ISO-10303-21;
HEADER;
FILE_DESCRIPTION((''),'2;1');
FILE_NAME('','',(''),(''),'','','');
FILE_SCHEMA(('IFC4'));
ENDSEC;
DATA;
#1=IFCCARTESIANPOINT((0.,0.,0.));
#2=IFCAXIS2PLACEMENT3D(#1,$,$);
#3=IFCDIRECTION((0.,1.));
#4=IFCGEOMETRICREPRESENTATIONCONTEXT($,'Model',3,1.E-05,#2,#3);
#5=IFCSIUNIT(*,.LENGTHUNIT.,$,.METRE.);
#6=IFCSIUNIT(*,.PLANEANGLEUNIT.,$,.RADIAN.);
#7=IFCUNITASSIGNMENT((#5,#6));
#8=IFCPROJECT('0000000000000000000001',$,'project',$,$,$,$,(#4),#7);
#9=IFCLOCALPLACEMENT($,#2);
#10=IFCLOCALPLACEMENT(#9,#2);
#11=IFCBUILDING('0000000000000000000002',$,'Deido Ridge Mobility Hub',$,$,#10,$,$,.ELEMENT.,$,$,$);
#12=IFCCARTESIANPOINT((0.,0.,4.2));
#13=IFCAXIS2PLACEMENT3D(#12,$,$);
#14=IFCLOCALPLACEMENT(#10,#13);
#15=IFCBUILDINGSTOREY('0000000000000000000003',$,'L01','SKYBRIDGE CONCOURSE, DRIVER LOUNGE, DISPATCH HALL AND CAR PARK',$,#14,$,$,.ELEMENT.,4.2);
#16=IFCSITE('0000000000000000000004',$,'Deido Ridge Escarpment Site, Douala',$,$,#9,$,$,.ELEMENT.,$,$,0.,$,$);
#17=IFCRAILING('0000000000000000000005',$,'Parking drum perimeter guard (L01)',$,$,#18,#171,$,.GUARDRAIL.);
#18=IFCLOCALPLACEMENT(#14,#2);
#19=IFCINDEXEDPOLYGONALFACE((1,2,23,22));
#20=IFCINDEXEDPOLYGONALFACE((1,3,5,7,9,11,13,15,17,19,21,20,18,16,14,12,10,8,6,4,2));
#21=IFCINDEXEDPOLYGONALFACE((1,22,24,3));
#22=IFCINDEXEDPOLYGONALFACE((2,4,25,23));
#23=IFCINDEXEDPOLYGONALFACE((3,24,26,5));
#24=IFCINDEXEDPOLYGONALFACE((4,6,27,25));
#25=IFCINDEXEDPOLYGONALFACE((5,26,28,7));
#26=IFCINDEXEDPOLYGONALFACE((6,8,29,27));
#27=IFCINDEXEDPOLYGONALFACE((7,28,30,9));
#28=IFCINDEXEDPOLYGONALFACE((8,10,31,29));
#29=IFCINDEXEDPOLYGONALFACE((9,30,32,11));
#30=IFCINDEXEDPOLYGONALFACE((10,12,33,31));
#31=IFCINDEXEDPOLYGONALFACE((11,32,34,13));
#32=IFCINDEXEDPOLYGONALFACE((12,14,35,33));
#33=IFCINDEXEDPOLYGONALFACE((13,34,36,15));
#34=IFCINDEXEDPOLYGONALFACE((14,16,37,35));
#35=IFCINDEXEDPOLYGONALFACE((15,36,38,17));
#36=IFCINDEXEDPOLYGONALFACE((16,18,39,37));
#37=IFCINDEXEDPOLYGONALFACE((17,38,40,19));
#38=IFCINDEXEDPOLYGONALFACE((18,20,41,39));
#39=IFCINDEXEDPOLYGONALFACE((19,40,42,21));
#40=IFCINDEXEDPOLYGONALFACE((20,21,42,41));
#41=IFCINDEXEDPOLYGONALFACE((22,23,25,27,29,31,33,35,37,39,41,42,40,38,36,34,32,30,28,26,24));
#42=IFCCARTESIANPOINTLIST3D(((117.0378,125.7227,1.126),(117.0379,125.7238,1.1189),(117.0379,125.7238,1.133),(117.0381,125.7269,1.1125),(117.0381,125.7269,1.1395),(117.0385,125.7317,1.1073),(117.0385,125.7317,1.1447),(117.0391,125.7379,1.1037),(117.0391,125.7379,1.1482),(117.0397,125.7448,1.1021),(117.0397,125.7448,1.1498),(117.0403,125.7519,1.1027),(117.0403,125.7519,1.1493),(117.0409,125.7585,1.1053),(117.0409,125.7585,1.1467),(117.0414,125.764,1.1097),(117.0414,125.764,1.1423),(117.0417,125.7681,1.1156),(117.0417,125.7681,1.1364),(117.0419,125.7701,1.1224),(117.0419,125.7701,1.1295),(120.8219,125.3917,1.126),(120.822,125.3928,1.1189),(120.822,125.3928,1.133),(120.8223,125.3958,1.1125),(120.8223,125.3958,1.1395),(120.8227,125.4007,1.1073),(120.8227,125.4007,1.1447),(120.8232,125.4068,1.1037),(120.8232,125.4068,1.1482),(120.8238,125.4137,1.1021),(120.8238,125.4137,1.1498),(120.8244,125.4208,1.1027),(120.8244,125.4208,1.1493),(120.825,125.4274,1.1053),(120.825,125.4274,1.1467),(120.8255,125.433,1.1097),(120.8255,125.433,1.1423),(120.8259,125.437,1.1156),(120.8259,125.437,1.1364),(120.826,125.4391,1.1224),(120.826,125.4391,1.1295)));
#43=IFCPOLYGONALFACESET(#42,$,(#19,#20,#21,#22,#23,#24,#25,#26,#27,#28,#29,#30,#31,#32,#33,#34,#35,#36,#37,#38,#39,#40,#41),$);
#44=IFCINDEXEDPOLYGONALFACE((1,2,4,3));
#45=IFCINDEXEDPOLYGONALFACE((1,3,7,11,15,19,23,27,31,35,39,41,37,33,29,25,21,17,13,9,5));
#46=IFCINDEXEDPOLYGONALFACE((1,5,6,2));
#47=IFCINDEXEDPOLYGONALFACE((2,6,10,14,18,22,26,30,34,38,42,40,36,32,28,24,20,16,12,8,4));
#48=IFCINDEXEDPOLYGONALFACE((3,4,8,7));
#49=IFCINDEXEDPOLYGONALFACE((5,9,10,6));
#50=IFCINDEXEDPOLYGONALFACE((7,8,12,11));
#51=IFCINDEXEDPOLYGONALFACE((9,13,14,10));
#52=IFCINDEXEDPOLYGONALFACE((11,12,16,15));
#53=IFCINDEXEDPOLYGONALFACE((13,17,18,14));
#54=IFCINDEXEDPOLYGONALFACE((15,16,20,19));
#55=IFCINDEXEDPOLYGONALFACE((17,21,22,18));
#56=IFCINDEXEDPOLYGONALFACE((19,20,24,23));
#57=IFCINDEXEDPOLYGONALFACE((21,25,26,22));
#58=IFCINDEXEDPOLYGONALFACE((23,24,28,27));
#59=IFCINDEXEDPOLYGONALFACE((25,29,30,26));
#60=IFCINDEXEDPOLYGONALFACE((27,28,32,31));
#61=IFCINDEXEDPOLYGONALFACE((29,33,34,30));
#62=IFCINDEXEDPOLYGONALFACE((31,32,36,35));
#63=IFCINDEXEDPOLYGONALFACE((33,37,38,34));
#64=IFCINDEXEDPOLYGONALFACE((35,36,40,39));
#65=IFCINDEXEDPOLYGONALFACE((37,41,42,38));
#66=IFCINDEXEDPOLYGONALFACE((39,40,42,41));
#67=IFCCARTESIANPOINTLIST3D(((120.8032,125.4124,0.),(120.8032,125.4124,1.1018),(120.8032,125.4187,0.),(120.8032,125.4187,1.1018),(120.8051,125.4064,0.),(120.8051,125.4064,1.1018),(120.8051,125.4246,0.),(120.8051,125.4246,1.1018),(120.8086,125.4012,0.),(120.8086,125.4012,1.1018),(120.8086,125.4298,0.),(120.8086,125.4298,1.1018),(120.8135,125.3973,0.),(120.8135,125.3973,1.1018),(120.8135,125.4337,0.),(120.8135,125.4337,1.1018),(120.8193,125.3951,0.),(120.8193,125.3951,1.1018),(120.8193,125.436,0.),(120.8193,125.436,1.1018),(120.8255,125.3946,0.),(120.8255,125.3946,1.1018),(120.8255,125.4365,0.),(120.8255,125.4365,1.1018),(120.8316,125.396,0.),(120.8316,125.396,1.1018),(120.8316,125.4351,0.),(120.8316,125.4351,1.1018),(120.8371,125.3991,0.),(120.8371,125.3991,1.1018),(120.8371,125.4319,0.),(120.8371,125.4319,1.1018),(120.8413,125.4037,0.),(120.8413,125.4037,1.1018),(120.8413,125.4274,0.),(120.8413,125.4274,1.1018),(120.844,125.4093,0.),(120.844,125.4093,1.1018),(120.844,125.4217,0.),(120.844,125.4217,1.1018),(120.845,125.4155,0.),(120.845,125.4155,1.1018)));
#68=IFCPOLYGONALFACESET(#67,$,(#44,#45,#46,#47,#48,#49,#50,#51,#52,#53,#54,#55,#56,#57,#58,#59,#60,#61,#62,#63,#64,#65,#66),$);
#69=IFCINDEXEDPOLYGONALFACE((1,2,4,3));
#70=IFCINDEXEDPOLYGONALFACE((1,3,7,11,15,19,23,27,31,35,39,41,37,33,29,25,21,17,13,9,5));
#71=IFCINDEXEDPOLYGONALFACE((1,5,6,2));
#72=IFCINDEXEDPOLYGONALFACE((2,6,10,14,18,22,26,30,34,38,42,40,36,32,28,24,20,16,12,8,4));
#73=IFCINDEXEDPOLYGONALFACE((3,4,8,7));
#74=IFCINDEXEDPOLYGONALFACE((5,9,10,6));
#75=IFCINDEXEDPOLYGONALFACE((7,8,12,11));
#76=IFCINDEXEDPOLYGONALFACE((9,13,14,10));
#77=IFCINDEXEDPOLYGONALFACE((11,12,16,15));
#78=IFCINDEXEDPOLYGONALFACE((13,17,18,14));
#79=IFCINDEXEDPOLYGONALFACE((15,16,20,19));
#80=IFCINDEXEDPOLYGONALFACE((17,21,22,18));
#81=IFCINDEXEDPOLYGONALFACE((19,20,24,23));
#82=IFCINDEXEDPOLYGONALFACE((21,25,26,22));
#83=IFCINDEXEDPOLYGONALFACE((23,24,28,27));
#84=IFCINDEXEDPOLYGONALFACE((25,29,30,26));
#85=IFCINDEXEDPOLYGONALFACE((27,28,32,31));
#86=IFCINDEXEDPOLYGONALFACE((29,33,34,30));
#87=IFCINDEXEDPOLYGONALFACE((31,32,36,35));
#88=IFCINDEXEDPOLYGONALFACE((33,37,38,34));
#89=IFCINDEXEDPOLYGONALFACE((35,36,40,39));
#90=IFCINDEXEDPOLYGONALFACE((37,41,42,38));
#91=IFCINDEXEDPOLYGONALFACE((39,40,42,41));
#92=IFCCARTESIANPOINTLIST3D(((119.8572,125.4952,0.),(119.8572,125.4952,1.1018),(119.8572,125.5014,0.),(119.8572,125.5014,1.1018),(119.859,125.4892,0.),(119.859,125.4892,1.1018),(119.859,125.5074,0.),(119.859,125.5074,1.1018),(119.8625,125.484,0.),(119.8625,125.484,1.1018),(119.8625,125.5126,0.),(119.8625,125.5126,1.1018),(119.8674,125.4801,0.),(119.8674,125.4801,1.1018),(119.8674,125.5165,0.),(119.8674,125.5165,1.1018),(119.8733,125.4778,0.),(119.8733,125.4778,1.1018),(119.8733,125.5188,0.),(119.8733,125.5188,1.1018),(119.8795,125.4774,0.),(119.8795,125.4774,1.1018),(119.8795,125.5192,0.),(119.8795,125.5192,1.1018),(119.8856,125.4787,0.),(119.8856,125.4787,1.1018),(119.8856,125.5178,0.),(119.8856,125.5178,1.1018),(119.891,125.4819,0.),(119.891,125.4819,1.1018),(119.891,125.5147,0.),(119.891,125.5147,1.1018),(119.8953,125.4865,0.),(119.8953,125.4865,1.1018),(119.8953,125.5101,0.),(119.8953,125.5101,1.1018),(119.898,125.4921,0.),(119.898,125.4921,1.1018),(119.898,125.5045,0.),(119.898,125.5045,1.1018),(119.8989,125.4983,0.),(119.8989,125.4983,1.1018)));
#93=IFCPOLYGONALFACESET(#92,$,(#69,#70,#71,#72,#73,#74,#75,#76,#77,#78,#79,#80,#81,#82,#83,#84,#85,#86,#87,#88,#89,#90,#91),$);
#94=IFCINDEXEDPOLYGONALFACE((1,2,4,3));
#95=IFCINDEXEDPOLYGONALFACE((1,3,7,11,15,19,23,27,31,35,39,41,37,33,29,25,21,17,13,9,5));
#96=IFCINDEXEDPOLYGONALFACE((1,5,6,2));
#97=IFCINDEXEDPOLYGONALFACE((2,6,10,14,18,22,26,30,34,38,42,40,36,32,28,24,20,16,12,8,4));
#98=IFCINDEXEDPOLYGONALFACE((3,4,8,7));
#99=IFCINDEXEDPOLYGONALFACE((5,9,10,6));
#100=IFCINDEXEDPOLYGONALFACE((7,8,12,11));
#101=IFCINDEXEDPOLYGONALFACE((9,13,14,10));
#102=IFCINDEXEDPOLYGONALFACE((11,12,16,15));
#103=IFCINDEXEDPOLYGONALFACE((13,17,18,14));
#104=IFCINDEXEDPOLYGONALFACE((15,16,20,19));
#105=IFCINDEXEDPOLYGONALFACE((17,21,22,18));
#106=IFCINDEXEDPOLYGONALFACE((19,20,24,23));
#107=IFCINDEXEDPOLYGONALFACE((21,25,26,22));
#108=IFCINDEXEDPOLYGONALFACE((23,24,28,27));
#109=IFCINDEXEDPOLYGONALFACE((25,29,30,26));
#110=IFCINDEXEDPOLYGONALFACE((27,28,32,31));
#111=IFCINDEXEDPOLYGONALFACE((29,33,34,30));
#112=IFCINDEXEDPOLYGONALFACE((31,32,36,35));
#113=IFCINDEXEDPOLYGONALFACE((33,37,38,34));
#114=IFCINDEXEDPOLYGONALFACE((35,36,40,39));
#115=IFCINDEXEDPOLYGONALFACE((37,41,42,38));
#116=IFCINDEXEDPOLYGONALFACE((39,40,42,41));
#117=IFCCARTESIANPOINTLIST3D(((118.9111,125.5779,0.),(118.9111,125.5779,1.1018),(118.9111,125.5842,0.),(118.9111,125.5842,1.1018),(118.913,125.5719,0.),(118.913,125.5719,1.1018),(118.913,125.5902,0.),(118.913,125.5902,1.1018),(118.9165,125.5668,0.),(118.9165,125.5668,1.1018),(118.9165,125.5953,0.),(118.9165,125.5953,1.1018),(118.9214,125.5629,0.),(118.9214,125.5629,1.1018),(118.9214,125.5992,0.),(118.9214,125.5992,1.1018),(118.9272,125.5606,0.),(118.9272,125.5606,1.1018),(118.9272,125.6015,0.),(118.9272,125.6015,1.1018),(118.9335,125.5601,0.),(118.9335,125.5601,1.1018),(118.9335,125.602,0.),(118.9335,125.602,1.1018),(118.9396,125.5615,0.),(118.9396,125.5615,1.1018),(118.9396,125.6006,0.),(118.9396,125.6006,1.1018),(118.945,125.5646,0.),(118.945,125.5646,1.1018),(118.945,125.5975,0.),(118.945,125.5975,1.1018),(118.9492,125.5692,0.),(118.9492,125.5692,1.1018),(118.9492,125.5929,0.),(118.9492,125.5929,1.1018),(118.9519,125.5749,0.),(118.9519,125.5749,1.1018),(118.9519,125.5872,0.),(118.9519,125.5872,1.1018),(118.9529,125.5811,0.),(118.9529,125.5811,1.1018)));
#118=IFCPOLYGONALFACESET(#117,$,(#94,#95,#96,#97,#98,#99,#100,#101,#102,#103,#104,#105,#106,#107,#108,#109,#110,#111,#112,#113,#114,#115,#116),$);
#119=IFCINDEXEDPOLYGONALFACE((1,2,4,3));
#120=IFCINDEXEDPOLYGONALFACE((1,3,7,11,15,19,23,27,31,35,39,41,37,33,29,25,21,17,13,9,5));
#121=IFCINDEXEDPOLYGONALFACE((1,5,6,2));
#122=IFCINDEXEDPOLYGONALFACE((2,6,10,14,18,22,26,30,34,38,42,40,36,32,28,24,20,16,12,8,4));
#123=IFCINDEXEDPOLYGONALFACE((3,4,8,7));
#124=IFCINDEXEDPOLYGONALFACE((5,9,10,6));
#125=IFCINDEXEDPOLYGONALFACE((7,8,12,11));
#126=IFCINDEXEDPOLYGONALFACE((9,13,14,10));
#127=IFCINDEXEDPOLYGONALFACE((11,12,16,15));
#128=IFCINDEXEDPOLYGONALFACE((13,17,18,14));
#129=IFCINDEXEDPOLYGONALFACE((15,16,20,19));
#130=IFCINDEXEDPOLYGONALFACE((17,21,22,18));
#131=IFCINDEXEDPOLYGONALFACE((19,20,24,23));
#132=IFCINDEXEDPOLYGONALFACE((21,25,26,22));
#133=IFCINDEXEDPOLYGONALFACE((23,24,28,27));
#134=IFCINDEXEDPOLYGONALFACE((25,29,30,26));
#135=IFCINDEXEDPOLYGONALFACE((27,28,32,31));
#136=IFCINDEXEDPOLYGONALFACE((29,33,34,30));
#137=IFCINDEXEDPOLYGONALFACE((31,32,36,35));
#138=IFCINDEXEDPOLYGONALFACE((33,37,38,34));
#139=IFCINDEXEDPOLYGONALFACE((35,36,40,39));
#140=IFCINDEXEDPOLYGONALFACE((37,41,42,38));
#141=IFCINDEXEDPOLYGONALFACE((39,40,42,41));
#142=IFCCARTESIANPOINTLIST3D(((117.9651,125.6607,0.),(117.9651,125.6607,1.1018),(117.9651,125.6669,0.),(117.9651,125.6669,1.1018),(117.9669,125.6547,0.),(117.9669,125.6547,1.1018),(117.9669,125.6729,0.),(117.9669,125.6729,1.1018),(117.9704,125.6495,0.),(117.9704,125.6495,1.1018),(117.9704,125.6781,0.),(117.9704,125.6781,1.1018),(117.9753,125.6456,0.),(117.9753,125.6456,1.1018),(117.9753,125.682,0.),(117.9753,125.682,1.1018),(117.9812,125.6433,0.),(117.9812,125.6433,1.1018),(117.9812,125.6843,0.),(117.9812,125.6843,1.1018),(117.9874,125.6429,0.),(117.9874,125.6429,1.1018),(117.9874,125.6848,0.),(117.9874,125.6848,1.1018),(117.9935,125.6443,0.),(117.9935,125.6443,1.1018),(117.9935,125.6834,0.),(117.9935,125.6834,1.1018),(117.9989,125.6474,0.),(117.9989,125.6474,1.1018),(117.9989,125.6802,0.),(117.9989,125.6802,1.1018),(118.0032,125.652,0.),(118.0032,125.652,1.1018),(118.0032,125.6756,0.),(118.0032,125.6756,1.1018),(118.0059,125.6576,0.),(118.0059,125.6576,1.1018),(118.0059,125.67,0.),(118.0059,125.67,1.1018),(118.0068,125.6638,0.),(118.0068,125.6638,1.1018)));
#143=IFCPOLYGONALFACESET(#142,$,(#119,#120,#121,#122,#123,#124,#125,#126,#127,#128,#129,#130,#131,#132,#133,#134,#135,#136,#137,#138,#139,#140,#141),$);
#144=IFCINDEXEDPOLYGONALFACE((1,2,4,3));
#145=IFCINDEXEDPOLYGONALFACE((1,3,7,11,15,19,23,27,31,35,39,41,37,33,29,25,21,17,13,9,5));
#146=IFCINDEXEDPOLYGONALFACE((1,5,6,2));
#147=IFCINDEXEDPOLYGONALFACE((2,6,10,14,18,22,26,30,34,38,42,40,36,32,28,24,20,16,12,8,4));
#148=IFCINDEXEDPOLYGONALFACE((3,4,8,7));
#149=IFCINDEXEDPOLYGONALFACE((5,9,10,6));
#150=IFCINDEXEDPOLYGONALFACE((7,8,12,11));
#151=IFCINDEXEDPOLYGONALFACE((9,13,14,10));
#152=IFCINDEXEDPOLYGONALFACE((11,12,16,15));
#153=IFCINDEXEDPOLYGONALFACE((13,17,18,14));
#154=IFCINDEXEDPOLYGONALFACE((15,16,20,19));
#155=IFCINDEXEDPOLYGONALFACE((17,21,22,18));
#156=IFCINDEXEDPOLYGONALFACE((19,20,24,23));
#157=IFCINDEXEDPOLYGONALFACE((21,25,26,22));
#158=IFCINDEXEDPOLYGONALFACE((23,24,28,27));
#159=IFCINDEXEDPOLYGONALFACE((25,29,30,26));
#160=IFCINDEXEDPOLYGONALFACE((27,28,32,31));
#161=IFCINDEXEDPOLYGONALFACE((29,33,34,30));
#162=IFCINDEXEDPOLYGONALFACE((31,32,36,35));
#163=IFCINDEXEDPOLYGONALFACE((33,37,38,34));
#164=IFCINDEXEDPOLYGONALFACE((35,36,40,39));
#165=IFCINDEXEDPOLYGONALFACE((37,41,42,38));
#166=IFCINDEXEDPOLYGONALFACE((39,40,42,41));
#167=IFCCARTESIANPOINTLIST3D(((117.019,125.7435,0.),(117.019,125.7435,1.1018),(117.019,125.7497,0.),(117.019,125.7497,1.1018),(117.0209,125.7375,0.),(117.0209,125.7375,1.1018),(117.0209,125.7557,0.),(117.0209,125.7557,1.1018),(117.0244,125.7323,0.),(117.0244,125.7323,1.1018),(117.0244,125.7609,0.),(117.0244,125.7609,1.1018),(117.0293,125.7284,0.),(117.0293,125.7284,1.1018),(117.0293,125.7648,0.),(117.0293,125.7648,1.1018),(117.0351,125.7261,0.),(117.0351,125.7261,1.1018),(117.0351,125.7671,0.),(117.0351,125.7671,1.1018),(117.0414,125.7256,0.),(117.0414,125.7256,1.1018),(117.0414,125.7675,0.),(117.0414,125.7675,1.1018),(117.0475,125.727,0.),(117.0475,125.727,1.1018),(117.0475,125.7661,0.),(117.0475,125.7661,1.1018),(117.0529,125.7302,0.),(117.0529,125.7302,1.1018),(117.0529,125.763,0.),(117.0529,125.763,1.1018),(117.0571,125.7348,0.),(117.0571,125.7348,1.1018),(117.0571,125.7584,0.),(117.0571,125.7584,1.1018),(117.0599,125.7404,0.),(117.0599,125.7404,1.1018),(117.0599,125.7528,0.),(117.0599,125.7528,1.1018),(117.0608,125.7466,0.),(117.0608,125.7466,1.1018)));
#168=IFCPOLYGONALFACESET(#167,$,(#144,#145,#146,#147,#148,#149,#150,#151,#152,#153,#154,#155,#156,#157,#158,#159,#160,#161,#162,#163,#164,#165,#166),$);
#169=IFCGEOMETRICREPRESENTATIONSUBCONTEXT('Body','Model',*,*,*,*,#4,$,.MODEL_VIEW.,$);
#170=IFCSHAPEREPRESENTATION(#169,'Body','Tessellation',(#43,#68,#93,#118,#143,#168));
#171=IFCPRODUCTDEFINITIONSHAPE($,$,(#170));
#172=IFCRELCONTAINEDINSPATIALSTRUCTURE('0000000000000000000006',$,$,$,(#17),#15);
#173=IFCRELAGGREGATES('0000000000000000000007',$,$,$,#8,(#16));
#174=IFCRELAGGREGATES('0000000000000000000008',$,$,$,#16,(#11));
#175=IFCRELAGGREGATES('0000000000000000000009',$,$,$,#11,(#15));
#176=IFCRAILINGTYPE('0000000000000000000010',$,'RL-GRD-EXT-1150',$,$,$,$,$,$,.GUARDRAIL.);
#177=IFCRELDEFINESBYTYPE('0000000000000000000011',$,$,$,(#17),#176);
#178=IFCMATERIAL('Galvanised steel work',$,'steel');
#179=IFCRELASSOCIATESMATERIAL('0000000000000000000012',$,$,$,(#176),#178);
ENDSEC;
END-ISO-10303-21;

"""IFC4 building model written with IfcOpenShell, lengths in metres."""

from ifc_helpers import new_model, si_unit, direction, frame, origin, origin_2d, place, context, subcontext, project, spatial, circle, extrude, material, type_object, element, save


model = new_model("IFC4")

# Units and contexts
model_context = context("Model", 3, precision=1e-05, world=origin(), true_north=direction((0.0, 1.0)))
body_context = subcontext(model_context, "Body", "Model", "MODEL_VIEW")
ifc_project = project(units=[si_unit("LENGTHUNIT", "METRE"), si_unit("PLANEANGLEUNIT", "RADIAN")], contexts=[model_context])

# Site, building, storey
site_placement = place(None, origin())
site = spatial("IfcSite", under=ifc_project, at=site_placement, Name="Deido Ridge Escarpment Site, Douala", CompositionType="ELEMENT", RefElevation=0.0)
building_placement = place(site_placement, origin())
building = spatial("IfcBuilding", under=site, at=building_placement, Name="Deido Ridge Mobility Hub", CompositionType="ELEMENT")
storey_placement = place(building_placement, frame((0.0, 0.0, 4.2)))
storey = spatial("IfcBuildingStorey", under=building, at=storey_placement, Name="L01", Description="SKYBRIDGE CONCOURSE, DRIVER LOUNGE, DISPATCH HALL AND CAR PARK", CompositionType="ELEMENT", Elevation=4.2)

# Railing
ifc_material_1 = material(Name="Galvanised steel work", Category="steel")
railing_type = type_object("IfcRailingType", Name="RL-GRD-EXT-1150", PredefinedType="GUARDRAIL", material=ifc_material_1)
railing_1_placement = place(storey_placement, frame((120.824, 125.4155, 0.0)))
element("IfcRailing", 1, at=railing_1_placement, inside=storey, type_object=railing_type, Name="Parking drum perimeter guard (L01)", PredefinedType="GUARDRAIL", context=body_context, shape_type="SweptSolid", body=[
    extrude(circle(Radius=0.0239, at=origin_2d()), frame((0.0, 0.0, 1.126), z_axis=(-0.996195, 0.087151, 0.0), x_axis=(-0.087151, -0.996195, 0.0)), (0.0, 0.0, 1.0), 3.7986),
    extrude(circle(Radius=0.021, at=origin_2d()), origin(), (0.0, 0.0, 1.0), 1.1018),
    extrude(circle(Radius=0.021, at=origin_2d()), frame((-0.946, 0.0828, 0.0)), (0.0, 0.0, 1.0), 1.1018),
    extrude(circle(Radius=0.021, at=origin_2d()), frame((-1.8921, 0.1655, 0.0)), (0.0, 0.0, 1.0), 1.1018),
    extrude(circle(Radius=0.021, at=origin_2d()), frame((-2.8381, 0.2483, 0.0)), (0.0, 0.0, 1.0), 1.1018),
    extrude(circle(Radius=0.021, at=origin_2d()), frame((-3.7842, 0.3311, 0.0)), (0.0, 0.0, 1.0), 1.1018),
])

save(model, "model.ifc")
